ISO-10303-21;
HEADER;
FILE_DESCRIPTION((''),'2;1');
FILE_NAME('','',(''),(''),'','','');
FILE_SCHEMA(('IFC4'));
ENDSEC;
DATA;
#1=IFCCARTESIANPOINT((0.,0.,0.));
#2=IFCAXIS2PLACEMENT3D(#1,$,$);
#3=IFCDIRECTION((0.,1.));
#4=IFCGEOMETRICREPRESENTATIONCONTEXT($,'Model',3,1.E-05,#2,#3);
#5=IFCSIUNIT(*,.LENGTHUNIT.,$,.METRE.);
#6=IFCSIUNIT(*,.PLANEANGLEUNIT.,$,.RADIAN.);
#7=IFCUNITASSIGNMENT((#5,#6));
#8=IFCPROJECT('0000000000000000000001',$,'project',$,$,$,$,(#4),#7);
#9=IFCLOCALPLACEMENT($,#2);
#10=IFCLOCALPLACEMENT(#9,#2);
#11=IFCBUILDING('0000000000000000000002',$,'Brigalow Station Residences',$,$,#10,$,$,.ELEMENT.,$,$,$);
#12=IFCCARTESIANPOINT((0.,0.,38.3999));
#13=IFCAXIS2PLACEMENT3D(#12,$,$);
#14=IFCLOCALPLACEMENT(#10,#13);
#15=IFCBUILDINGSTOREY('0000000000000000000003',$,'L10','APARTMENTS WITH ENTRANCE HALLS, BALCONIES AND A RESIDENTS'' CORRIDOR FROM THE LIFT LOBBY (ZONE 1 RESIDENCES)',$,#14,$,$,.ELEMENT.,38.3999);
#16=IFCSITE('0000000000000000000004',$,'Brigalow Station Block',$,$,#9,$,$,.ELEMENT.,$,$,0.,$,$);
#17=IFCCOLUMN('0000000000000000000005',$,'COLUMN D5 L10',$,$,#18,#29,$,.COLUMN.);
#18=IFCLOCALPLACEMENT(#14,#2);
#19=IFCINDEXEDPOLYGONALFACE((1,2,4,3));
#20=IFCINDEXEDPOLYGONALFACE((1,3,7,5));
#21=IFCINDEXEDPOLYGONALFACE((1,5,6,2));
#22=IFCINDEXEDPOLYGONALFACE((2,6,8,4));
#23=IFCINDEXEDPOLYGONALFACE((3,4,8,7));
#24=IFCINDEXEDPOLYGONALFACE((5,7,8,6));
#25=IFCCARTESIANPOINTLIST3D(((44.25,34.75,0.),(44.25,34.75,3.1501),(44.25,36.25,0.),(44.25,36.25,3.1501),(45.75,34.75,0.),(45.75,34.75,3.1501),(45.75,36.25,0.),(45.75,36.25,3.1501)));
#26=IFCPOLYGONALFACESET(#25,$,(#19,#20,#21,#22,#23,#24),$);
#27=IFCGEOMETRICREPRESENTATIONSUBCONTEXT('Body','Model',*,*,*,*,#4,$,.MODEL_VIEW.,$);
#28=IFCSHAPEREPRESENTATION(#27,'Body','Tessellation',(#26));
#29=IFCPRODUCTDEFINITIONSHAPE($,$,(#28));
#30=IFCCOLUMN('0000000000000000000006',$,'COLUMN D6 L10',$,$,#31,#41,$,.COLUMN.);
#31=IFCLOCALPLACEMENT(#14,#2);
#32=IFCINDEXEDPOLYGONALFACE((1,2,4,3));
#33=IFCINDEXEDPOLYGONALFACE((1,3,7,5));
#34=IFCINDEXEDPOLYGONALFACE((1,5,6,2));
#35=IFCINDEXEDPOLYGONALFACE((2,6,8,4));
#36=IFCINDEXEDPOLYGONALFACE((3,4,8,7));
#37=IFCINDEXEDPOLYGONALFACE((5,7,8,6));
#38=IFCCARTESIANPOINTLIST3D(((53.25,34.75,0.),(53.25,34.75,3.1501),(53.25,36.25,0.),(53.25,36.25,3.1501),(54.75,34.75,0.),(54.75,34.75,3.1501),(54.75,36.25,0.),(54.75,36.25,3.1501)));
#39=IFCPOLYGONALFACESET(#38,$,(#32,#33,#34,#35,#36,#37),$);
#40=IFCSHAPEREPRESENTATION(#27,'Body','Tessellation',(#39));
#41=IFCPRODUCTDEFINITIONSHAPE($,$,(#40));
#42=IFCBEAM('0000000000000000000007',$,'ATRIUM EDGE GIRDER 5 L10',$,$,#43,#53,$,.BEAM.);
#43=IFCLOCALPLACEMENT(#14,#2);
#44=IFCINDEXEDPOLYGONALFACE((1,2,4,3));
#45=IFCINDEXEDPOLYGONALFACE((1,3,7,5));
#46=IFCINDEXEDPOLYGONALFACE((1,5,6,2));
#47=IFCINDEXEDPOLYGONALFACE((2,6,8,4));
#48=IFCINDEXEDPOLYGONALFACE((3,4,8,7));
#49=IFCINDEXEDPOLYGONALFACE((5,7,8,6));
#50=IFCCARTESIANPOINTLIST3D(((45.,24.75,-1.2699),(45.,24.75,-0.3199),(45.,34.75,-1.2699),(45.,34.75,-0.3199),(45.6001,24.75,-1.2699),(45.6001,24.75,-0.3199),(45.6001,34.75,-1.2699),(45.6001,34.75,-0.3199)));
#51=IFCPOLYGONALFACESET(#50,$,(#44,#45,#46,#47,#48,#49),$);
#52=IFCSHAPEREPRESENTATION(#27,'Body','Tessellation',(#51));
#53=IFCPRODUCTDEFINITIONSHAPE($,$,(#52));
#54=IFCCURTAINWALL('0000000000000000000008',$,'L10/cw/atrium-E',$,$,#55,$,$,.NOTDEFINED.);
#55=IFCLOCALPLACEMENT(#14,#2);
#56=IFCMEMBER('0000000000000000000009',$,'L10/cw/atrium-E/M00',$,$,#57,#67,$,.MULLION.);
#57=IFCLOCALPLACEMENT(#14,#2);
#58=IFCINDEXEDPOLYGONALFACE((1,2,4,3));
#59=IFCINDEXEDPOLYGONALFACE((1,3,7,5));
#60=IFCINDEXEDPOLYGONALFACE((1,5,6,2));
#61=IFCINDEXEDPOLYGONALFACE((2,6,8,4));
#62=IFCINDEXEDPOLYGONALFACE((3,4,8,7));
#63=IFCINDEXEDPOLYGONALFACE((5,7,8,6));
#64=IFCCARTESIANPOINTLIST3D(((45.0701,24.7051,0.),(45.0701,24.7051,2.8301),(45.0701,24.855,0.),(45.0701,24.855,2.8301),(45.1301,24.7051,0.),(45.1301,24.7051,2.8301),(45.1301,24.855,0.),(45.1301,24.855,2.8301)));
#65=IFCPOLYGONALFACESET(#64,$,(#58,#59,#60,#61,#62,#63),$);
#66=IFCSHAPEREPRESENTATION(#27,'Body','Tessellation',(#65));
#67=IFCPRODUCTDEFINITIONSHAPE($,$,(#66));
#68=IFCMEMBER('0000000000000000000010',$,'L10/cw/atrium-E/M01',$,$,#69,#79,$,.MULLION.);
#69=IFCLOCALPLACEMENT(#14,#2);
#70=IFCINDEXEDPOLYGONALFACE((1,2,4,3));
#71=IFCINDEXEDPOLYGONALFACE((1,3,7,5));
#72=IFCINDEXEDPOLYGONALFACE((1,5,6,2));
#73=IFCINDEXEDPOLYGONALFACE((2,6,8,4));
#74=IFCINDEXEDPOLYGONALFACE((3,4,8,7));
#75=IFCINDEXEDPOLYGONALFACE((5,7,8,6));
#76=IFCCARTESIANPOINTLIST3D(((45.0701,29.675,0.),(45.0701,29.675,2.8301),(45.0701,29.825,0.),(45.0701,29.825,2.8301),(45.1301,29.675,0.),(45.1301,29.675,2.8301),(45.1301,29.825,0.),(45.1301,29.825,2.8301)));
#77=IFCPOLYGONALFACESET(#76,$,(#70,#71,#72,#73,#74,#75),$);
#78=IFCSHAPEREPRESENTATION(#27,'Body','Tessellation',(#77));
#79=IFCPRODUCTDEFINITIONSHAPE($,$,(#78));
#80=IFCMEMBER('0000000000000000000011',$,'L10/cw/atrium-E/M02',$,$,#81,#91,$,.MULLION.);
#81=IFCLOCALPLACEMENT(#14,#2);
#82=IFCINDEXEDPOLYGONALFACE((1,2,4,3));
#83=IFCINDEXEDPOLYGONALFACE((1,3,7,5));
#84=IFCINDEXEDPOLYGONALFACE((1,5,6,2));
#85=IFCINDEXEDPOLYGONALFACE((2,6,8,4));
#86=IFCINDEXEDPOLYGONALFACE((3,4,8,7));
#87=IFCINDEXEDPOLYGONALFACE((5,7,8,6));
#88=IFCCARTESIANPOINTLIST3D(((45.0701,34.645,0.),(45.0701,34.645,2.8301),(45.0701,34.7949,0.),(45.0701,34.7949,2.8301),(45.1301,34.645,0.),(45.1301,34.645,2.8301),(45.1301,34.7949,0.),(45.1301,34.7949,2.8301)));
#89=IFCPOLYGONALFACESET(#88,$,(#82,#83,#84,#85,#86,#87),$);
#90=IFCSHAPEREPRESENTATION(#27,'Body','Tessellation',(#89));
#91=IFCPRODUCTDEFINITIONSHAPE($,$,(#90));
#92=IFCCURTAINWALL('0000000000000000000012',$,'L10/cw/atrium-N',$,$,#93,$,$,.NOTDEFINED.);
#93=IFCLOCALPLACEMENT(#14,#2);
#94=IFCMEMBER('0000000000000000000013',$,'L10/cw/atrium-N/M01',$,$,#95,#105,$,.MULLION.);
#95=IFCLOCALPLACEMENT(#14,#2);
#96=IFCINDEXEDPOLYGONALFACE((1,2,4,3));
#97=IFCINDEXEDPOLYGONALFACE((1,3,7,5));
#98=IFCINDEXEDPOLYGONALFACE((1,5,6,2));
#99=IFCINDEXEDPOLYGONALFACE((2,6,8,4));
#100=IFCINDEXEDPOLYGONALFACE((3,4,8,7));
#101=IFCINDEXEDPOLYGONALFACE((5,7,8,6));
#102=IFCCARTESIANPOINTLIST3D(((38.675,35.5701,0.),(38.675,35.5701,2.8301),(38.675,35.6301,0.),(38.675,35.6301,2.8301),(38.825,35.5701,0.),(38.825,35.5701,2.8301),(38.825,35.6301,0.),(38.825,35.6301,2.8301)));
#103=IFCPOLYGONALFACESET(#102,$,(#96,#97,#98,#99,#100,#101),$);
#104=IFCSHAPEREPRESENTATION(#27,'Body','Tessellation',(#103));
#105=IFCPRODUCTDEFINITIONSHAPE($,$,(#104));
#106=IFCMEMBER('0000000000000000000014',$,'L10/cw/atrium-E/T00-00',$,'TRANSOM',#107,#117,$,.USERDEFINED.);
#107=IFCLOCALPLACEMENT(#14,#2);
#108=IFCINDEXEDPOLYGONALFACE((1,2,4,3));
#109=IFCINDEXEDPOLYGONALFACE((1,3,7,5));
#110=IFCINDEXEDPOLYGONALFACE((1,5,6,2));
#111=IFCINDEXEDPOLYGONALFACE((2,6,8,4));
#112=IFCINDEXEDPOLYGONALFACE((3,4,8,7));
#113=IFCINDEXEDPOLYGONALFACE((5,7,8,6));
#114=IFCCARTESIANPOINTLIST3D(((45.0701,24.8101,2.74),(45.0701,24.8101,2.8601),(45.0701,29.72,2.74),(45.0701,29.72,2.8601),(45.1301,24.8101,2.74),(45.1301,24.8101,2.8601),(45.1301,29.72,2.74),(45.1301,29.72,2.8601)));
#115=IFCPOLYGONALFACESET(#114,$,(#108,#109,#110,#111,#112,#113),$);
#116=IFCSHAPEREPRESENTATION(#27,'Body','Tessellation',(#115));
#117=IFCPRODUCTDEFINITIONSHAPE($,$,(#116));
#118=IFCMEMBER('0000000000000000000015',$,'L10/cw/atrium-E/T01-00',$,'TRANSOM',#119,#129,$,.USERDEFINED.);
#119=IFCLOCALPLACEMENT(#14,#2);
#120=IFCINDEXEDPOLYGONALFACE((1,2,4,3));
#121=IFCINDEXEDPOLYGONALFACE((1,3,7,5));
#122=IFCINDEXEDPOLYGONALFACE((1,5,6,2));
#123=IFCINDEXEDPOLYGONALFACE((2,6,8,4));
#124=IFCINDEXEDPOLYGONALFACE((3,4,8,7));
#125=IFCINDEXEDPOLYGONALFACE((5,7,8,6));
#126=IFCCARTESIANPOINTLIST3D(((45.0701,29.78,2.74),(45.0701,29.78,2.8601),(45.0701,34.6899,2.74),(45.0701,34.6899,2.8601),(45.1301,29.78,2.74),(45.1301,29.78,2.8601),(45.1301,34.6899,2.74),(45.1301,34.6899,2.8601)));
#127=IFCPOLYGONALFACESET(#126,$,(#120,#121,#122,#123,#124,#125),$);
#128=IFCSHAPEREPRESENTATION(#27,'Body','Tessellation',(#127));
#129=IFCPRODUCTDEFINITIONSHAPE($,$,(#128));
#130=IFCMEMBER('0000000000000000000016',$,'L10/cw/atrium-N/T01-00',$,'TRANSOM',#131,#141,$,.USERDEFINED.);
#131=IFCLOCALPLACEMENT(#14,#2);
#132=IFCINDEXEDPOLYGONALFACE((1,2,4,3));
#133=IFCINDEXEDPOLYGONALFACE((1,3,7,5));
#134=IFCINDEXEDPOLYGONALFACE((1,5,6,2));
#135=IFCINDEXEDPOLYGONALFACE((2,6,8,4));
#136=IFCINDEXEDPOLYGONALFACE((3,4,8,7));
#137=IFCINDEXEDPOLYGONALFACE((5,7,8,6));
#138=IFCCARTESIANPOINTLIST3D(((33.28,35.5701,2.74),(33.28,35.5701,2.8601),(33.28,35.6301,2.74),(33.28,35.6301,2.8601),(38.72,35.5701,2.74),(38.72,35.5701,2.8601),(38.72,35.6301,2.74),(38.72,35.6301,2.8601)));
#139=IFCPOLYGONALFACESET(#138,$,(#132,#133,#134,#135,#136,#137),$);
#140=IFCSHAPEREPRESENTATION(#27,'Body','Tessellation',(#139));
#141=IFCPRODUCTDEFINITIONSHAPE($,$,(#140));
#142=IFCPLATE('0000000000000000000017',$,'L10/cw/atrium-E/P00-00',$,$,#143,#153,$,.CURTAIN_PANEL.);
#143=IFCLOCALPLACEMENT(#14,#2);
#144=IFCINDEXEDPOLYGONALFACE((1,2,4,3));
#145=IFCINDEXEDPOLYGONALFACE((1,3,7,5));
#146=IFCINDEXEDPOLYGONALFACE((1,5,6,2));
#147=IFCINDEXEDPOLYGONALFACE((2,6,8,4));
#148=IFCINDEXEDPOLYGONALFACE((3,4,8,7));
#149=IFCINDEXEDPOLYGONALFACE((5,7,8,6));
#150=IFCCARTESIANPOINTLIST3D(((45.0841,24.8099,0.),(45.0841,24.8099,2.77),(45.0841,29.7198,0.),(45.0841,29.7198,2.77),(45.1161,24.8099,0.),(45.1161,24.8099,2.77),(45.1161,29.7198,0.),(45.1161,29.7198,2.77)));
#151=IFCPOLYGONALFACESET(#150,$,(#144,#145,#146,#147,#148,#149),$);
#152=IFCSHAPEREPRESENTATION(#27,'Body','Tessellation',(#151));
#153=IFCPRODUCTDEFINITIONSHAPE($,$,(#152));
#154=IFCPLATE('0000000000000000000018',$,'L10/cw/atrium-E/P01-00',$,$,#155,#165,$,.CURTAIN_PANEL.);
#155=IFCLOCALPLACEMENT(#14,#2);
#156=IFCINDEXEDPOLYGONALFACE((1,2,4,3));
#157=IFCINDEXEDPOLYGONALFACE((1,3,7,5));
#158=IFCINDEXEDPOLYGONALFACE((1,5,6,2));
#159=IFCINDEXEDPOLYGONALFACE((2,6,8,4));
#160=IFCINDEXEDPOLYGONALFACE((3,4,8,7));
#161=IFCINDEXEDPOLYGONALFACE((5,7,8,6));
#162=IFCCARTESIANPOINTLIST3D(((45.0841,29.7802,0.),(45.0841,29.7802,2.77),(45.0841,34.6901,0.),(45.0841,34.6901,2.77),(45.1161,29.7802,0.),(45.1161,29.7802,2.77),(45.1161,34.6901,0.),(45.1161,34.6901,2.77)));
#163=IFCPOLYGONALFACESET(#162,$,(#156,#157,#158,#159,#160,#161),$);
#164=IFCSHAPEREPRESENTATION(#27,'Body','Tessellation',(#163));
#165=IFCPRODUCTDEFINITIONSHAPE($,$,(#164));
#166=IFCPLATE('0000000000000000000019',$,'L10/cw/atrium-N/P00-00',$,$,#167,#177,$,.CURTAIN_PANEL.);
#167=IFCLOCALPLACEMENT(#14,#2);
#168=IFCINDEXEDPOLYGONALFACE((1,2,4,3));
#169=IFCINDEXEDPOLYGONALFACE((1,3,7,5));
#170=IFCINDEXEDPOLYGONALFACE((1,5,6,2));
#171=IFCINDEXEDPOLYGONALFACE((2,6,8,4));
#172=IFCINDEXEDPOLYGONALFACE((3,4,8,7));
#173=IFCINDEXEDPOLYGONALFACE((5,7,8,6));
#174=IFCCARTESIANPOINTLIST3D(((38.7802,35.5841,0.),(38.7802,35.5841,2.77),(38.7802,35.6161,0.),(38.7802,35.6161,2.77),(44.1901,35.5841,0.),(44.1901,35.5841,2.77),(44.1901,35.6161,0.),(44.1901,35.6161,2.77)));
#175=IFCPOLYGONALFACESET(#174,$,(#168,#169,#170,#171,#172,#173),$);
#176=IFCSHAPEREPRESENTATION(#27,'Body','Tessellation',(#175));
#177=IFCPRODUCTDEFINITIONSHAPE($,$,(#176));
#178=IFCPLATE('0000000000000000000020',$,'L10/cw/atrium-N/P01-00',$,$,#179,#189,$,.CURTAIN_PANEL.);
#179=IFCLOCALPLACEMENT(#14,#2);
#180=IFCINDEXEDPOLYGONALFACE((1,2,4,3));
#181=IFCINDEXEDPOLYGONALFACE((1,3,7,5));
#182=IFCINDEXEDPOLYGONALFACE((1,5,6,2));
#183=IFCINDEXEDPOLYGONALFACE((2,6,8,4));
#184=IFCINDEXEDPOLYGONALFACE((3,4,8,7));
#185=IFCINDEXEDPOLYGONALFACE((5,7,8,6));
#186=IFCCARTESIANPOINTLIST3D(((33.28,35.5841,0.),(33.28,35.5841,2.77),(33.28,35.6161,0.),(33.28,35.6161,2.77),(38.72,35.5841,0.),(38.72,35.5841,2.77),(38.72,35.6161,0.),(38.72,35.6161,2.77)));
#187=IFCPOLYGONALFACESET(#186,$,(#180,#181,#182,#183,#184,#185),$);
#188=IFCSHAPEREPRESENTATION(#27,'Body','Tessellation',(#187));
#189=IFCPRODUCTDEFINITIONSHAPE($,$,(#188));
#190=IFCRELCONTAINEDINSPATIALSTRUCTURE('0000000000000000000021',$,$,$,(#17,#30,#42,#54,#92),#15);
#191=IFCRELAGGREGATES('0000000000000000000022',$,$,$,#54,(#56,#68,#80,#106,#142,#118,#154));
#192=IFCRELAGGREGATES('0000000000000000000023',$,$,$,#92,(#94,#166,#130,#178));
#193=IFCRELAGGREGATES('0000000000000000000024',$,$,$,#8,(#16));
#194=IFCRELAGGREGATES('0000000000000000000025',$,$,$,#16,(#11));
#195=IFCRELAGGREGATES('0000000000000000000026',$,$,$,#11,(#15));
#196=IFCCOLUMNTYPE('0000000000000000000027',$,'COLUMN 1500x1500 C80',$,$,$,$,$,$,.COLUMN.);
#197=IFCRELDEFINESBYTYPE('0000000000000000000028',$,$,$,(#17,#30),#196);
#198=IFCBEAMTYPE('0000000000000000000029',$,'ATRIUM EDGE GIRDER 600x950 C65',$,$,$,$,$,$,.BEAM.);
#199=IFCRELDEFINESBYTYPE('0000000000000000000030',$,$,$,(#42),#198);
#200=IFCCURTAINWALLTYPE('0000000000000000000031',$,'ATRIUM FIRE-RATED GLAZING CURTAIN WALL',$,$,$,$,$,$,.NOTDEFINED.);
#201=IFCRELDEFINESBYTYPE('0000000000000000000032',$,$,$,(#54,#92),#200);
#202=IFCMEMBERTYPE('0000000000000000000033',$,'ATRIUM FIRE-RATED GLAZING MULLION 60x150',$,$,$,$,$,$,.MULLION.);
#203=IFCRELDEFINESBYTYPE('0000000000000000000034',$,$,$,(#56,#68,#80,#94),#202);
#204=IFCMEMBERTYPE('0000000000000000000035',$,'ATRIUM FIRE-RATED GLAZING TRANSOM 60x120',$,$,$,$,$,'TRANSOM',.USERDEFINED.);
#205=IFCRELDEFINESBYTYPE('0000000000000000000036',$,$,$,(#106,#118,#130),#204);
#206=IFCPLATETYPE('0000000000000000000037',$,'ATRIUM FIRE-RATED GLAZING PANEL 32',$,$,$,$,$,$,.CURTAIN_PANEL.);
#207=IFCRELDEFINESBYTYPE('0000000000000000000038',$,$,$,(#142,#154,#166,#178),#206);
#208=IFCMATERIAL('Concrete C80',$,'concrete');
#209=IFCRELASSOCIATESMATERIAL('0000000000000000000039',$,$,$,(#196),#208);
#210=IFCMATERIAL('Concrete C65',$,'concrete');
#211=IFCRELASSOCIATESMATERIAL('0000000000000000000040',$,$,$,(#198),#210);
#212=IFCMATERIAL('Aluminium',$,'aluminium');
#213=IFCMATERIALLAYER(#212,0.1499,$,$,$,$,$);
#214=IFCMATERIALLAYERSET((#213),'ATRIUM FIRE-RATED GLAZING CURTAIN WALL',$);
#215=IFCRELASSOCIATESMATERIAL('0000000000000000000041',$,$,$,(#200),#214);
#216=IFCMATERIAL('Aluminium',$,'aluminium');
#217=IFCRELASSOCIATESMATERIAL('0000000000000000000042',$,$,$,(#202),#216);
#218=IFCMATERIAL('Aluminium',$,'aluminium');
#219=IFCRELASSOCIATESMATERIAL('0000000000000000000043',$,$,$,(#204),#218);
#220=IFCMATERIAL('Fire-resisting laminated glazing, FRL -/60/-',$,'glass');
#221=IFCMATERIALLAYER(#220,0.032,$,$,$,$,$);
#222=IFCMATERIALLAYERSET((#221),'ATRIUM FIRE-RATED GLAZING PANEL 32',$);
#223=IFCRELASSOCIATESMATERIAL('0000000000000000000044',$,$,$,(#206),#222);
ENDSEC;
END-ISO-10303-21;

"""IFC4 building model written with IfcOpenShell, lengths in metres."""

from ifc_helpers import new_model, si_unit, direction, frame, origin, origin_2d, place, context, subcontext, project, spatial, rectangle, extrude, material, layer, layer_set, material_profile, profile_set, type_object, element, aggregate, save


model = new_model("IFC4")

# Units and contexts
model_context = context("Model", 3, precision=1e-05, world=origin(), true_north=direction((0.0, 1.0)))
body_context = subcontext(model_context, "Body", "Model", "MODEL_VIEW")
ifc_project = project(units=[si_unit("LENGTHUNIT", "METRE"), si_unit("PLANEANGLEUNIT", "RADIAN")], contexts=[model_context])

# Site, building, storey
site_placement = place(None, origin())
site = spatial("IfcSite", under=ifc_project, at=site_placement, Name="Brigalow Station Block", CompositionType="ELEMENT", RefElevation=0.0)
building_placement = place(site_placement, origin())
building = spatial("IfcBuilding", under=site, at=building_placement, Name="Brigalow Station Residences", CompositionType="ELEMENT")
storey_placement = place(building_placement, frame((0.0, 0.0, 38.3999)))
storey = spatial("IfcBuildingStorey", under=building, at=storey_placement, Name="L10", Description="APARTMENTS WITH ENTRANCE HALLS, BALCONIES AND A RESIDENTS' CORRIDOR FROM THE LIFT LOBBY (ZONE 1 RESIDENCES)", CompositionType="ELEMENT", Elevation=38.3999)

# Columns
ifc_material_1 = material(Name="Concrete C80", Category="concrete")
ifc_material_profile_1 = material_profile(ifc_material_1, rectangle(XDim=1.5, YDim=1.5, at=origin_2d()), Name="RC1500x1500")
ifc_profile_set_1 = profile_set([ifc_material_profile_1], Name="Concrete C80")
column_type = type_object("IfcColumnType", Name="COLUMN 1500x1500 C80", PredefinedType="COLUMN", material=ifc_profile_set_1)
for number, where, z_axis, x_axis, name in (
    (1, (45.0, 35.5, 0.0), (0.0, 0.0, 1.0), (1.0, 0.0, 0.0), "COLUMN D5 L10"),
    (2, (54.0, 35.5, 0.0), (0.0, 0.0, 1.0), (1.0, 0.0, 0.0), "COLUMN D6 L10"),
):
    element("IfcColumn", number, at=place(storey_placement, frame(where, z_axis=z_axis, x_axis=x_axis)), inside=storey, type_object=column_type, Name=name, PredefinedType="COLUMN", context=body_context, shape_type="SweptSolid", body=[
        extrude(rectangle(XDim=1.5, YDim=1.5, at=origin_2d()), origin(), (0.0, 0.0, 1.0), 3.1501),
    ])

# Beam
ifc_material_2 = material(Name="Concrete C65", Category="concrete")
ifc_material_profile_2 = material_profile(ifc_material_2, rectangle(XDim=0.6001, YDim=0.95, at=origin_2d()), Name="RC600x950")
ifc_profile_set_2 = profile_set([ifc_material_profile_2], Name="Concrete C65")
beam_type = type_object("IfcBeamType", Name="ATRIUM EDGE GIRDER 600x950 C65", PredefinedType="BEAM", material=ifc_profile_set_2)
beam_placement = place(storey_placement, frame((45.3, 24.75, -0.7949), z_axis=(0.0, 1.0, 0.0), x_axis=(-1.0, 0.0, 0.0)))
element("IfcBeam", 3, at=beam_placement, inside=storey, type_object=beam_type, Name="ATRIUM EDGE GIRDER 5 L10", PredefinedType="BEAM", context=body_context, shape_type="SweptSolid", body=[
    extrude(rectangle(XDim=0.6001, YDim=0.95, at=origin_2d()), origin(), (0.0, 0.0, 1.0), 10.0),
])

# Curtain wall, members
ifc_material_3 = material(Name="Aluminium", Category="aluminium")
ifc_layer_1 = layer(ifc_material_3, 0.1499)
ifc_layer_set_1 = layer_set([ifc_layer_1], Name="ATRIUM FIRE-RATED GLAZING CURTAIN WALL")
curtain_wall_type = type_object("IfcCurtainWallType", Name="ATRIUM FIRE-RATED GLAZING CURTAIN WALL", PredefinedType="NOTDEFINED", material=ifc_layer_set_1)
curtain_wall_1_placement = place(storey_placement, origin())
curtain_wall_1 = element("IfcCurtainWall", 4, at=curtain_wall_1_placement, inside=storey, type_object=curtain_wall_type, Name="L10/cw/atrium-E", PredefinedType="NOTDEFINED")
ifc_material_4 = material(Name="Aluminium", Category="aluminium")
ifc_material_profile_3 = material_profile(ifc_material_4, rectangle(XDim=0.0601, YDim=0.1499, at=origin_2d()), Name="ATRIUM FIRE-RATED GLAZING MULLION 60x150")
ifc_profile_set_3 = profile_set([ifc_material_profile_3], Name="Aluminium")
member_type_1 = type_object("IfcMemberType", Name="ATRIUM FIRE-RATED GLAZING MULLION 60x150", PredefinedType="MULLION", material=ifc_profile_set_3)
member_1_placement = place(storey_placement, frame((45.1001, 24.78, 0.0), z_axis=(0.0, 0.0, 1.0), x_axis=(-1.0, 0.0, 0.0)))
member_1 = element("IfcMember", 5, at=member_1_placement, type_object=member_type_1, Name="L10/cw/atrium-E/M00", PredefinedType="MULLION", context=body_context, shape_type="SweptSolid", body=[
    extrude(rectangle(XDim=0.0601, YDim=0.1499, at=origin_2d()), origin(), (0.0, 0.0, 1.0), 2.8301),
])
member_2_placement = place(storey_placement, frame((45.1001, 29.75, 0.0), z_axis=(0.0, 0.0, 1.0), x_axis=(-1.0, 0.0, 0.0)))
member_2 = element("IfcMember", 6, at=member_2_placement, type_object=member_type_1, Name="L10/cw/atrium-E/M01", PredefinedType="MULLION", context=body_context, shape_type="SweptSolid", body=[
    extrude(rectangle(XDim=0.0601, YDim=0.1499, at=origin_2d()), origin(), (0.0, 0.0, 1.0), 2.8301),
])
member_3_placement = place(storey_placement, frame((45.1001, 34.72, 0.0), z_axis=(0.0, 0.0, 1.0), x_axis=(-1.0, 0.0, 0.0)))
member_3 = element("IfcMember", 7, at=member_3_placement, type_object=member_type_1, Name="L10/cw/atrium-E/M02", PredefinedType="MULLION", context=body_context, shape_type="SweptSolid", body=[
    extrude(rectangle(XDim=0.0601, YDim=0.1499, at=origin_2d()), origin(), (0.0, 0.0, 1.0), 2.8301),
])

# Curtain wall, member
curtain_wall_2_placement = place(storey_placement, origin())
curtain_wall_2 = element("IfcCurtainWall", 8, at=curtain_wall_2_placement, inside=storey, type_object=curtain_wall_type, Name="L10/cw/atrium-N", PredefinedType="NOTDEFINED")
member_4_placement = place(storey_placement, frame((38.75, 35.6001, 0.0), z_axis=(0.0, 0.0, 1.0), x_axis=(0.0, -1.0, 0.0)))
member_4 = element("IfcMember", 9, at=member_4_placement, type_object=member_type_1, Name="L10/cw/atrium-N/M01", PredefinedType="MULLION", context=body_context, shape_type="SweptSolid", body=[
    extrude(rectangle(XDim=0.0601, YDim=0.1499, at=origin_2d()), origin(), (0.0, 0.0, 1.0), 2.8301),
])

# Members
ifc_material_5 = material(Name="Aluminium", Category="aluminium")
ifc_material_profile_4 = material_profile(ifc_material_5, rectangle(XDim=0.0601, YDim=0.1201, at=origin_2d()), Name="ATRIUM FIRE-RATED GLAZING TRANSOM 60x120")
ifc_profile_set_4 = profile_set([ifc_material_profile_4], Name="Aluminium")
member_type_2 = type_object("IfcMemberType", Name="ATRIUM FIRE-RATED GLAZING TRANSOM 60x120", ElementType="TRANSOM", PredefinedType="USERDEFINED", material=ifc_profile_set_4)
member_5_placement = place(storey_placement, frame((45.1001, 24.8101, 2.8), z_axis=(0.0, 1.0, 0.0), x_axis=(-1.0, 0.0, 0.0)))
member_5 = element("IfcMember", 10, at=member_5_placement, type_object=member_type_2, Name="L10/cw/atrium-E/T00-00", ObjectType="TRANSOM", PredefinedType="USERDEFINED", context=body_context, shape_type="SweptSolid", body=[
    extrude(rectangle(XDim=0.0601, YDim=0.1201, at=origin_2d()), origin(), (0.0, 0.0, 1.0), 4.9099),
])
member_6_placement = place(storey_placement, frame((45.1001, 29.78, 2.8), z_axis=(0.0, 1.0, 0.0), x_axis=(-1.0, 0.0, 0.0)))
member_6 = element("IfcMember", 11, at=member_6_placement, type_object=member_type_2, Name="L10/cw/atrium-E/T01-00", ObjectType="TRANSOM", PredefinedType="USERDEFINED", context=body_context, shape_type="SweptSolid", body=[
    extrude(rectangle(XDim=0.0601, YDim=0.1201, at=origin_2d()), origin(), (0.0, 0.0, 1.0), 4.9099),
])
member_7_placement = place(storey_placement, frame((38.72, 35.6001, 2.8), z_axis=(-1.0, 0.0, 0.0), x_axis=(0.0, -1.0, 0.0)))
member_7 = element("IfcMember", 12, at=member_7_placement, type_object=member_type_2, Name="L10/cw/atrium-N/T01-00", ObjectType="TRANSOM", PredefinedType="USERDEFINED", context=body_context, shape_type="SweptSolid", body=[
    extrude(rectangle(XDim=0.0601, YDim=0.1201, at=origin_2d()), origin(), (0.0, 0.0, 1.0), 5.4399),
])

# Plates
ifc_material_6 = material(Name="Fire-resisting laminated glazing, FRL -/60/-", Category="glass")
ifc_layer_2 = layer(ifc_material_6, 0.032)
ifc_layer_set_2 = layer_set([ifc_layer_2], Name="ATRIUM FIRE-RATED GLAZING PANEL 32")
plate_type = type_object("IfcPlateType", Name="ATRIUM FIRE-RATED GLAZING PANEL 32", PredefinedType="CURTAIN_PANEL", material=ifc_layer_set_2)
plate_1_placement = place(storey_placement, frame((45.1001, 27.2649, 0.0), z_axis=(0.0, 0.0, 1.0), x_axis=(0.0, 1.0, 0.0)))
plate_1 = element("IfcPlate", 13, at=plate_1_placement, type_object=plate_type, Name="L10/cw/atrium-E/P00-00", PredefinedType="CURTAIN_PANEL", context=body_context, shape_type="SweptSolid", body=[
    extrude(rectangle(XDim=4.9099, YDim=0.032, at=origin_2d()), origin(), (0.0, 0.0, 1.0), 2.77),
])
plate_2_placement = place(storey_placement, frame((45.1001, 32.2351, 0.0), z_axis=(0.0, 0.0, 1.0), x_axis=(0.0, 1.0, 0.0)))
plate_2 = element("IfcPlate", 14, at=plate_2_placement, type_object=plate_type, Name="L10/cw/atrium-E/P01-00", PredefinedType="CURTAIN_PANEL", context=body_context, shape_type="SweptSolid", body=[
    extrude(rectangle(XDim=4.9099, YDim=0.032, at=origin_2d()), origin(), (0.0, 0.0, 1.0), 2.77),
])
aggregate(curtain_wall_1, [member_1, member_2, member_3, member_5, plate_1, member_6, plate_2])
plate_3_placement = place(storey_placement, frame((41.4851, 35.6001, 0.0), z_axis=(0.0, 0.0, 1.0), x_axis=(-1.0, 0.0, 0.0)))
plate_3 = element("IfcPlate", 15, at=plate_3_placement, type_object=plate_type, Name="L10/cw/atrium-N/P00-00", PredefinedType="CURTAIN_PANEL", context=body_context, shape_type="SweptSolid", body=[
    extrude(rectangle(XDim=5.4099, YDim=0.032, at=origin_2d()), origin(), (0.0, 0.0, 1.0), 2.77),
])
plate_4_placement = place(storey_placement, frame((36.0, 35.6001, 0.0), z_axis=(0.0, 0.0, 1.0), x_axis=(-1.0, 0.0, 0.0)))
plate_4 = element("IfcPlate", 16, at=plate_4_placement, type_object=plate_type, Name="L10/cw/atrium-N/P01-00", PredefinedType="CURTAIN_PANEL", context=body_context, shape_type="SweptSolid", body=[
    extrude(rectangle(XDim=5.4399, YDim=0.032, at=origin_2d()), origin(), (0.0, 0.0, 1.0), 2.77),
])
aggregate(curtain_wall_2, [member_4, plate_3, member_7, plate_4])

save(model, "model.ifc")
